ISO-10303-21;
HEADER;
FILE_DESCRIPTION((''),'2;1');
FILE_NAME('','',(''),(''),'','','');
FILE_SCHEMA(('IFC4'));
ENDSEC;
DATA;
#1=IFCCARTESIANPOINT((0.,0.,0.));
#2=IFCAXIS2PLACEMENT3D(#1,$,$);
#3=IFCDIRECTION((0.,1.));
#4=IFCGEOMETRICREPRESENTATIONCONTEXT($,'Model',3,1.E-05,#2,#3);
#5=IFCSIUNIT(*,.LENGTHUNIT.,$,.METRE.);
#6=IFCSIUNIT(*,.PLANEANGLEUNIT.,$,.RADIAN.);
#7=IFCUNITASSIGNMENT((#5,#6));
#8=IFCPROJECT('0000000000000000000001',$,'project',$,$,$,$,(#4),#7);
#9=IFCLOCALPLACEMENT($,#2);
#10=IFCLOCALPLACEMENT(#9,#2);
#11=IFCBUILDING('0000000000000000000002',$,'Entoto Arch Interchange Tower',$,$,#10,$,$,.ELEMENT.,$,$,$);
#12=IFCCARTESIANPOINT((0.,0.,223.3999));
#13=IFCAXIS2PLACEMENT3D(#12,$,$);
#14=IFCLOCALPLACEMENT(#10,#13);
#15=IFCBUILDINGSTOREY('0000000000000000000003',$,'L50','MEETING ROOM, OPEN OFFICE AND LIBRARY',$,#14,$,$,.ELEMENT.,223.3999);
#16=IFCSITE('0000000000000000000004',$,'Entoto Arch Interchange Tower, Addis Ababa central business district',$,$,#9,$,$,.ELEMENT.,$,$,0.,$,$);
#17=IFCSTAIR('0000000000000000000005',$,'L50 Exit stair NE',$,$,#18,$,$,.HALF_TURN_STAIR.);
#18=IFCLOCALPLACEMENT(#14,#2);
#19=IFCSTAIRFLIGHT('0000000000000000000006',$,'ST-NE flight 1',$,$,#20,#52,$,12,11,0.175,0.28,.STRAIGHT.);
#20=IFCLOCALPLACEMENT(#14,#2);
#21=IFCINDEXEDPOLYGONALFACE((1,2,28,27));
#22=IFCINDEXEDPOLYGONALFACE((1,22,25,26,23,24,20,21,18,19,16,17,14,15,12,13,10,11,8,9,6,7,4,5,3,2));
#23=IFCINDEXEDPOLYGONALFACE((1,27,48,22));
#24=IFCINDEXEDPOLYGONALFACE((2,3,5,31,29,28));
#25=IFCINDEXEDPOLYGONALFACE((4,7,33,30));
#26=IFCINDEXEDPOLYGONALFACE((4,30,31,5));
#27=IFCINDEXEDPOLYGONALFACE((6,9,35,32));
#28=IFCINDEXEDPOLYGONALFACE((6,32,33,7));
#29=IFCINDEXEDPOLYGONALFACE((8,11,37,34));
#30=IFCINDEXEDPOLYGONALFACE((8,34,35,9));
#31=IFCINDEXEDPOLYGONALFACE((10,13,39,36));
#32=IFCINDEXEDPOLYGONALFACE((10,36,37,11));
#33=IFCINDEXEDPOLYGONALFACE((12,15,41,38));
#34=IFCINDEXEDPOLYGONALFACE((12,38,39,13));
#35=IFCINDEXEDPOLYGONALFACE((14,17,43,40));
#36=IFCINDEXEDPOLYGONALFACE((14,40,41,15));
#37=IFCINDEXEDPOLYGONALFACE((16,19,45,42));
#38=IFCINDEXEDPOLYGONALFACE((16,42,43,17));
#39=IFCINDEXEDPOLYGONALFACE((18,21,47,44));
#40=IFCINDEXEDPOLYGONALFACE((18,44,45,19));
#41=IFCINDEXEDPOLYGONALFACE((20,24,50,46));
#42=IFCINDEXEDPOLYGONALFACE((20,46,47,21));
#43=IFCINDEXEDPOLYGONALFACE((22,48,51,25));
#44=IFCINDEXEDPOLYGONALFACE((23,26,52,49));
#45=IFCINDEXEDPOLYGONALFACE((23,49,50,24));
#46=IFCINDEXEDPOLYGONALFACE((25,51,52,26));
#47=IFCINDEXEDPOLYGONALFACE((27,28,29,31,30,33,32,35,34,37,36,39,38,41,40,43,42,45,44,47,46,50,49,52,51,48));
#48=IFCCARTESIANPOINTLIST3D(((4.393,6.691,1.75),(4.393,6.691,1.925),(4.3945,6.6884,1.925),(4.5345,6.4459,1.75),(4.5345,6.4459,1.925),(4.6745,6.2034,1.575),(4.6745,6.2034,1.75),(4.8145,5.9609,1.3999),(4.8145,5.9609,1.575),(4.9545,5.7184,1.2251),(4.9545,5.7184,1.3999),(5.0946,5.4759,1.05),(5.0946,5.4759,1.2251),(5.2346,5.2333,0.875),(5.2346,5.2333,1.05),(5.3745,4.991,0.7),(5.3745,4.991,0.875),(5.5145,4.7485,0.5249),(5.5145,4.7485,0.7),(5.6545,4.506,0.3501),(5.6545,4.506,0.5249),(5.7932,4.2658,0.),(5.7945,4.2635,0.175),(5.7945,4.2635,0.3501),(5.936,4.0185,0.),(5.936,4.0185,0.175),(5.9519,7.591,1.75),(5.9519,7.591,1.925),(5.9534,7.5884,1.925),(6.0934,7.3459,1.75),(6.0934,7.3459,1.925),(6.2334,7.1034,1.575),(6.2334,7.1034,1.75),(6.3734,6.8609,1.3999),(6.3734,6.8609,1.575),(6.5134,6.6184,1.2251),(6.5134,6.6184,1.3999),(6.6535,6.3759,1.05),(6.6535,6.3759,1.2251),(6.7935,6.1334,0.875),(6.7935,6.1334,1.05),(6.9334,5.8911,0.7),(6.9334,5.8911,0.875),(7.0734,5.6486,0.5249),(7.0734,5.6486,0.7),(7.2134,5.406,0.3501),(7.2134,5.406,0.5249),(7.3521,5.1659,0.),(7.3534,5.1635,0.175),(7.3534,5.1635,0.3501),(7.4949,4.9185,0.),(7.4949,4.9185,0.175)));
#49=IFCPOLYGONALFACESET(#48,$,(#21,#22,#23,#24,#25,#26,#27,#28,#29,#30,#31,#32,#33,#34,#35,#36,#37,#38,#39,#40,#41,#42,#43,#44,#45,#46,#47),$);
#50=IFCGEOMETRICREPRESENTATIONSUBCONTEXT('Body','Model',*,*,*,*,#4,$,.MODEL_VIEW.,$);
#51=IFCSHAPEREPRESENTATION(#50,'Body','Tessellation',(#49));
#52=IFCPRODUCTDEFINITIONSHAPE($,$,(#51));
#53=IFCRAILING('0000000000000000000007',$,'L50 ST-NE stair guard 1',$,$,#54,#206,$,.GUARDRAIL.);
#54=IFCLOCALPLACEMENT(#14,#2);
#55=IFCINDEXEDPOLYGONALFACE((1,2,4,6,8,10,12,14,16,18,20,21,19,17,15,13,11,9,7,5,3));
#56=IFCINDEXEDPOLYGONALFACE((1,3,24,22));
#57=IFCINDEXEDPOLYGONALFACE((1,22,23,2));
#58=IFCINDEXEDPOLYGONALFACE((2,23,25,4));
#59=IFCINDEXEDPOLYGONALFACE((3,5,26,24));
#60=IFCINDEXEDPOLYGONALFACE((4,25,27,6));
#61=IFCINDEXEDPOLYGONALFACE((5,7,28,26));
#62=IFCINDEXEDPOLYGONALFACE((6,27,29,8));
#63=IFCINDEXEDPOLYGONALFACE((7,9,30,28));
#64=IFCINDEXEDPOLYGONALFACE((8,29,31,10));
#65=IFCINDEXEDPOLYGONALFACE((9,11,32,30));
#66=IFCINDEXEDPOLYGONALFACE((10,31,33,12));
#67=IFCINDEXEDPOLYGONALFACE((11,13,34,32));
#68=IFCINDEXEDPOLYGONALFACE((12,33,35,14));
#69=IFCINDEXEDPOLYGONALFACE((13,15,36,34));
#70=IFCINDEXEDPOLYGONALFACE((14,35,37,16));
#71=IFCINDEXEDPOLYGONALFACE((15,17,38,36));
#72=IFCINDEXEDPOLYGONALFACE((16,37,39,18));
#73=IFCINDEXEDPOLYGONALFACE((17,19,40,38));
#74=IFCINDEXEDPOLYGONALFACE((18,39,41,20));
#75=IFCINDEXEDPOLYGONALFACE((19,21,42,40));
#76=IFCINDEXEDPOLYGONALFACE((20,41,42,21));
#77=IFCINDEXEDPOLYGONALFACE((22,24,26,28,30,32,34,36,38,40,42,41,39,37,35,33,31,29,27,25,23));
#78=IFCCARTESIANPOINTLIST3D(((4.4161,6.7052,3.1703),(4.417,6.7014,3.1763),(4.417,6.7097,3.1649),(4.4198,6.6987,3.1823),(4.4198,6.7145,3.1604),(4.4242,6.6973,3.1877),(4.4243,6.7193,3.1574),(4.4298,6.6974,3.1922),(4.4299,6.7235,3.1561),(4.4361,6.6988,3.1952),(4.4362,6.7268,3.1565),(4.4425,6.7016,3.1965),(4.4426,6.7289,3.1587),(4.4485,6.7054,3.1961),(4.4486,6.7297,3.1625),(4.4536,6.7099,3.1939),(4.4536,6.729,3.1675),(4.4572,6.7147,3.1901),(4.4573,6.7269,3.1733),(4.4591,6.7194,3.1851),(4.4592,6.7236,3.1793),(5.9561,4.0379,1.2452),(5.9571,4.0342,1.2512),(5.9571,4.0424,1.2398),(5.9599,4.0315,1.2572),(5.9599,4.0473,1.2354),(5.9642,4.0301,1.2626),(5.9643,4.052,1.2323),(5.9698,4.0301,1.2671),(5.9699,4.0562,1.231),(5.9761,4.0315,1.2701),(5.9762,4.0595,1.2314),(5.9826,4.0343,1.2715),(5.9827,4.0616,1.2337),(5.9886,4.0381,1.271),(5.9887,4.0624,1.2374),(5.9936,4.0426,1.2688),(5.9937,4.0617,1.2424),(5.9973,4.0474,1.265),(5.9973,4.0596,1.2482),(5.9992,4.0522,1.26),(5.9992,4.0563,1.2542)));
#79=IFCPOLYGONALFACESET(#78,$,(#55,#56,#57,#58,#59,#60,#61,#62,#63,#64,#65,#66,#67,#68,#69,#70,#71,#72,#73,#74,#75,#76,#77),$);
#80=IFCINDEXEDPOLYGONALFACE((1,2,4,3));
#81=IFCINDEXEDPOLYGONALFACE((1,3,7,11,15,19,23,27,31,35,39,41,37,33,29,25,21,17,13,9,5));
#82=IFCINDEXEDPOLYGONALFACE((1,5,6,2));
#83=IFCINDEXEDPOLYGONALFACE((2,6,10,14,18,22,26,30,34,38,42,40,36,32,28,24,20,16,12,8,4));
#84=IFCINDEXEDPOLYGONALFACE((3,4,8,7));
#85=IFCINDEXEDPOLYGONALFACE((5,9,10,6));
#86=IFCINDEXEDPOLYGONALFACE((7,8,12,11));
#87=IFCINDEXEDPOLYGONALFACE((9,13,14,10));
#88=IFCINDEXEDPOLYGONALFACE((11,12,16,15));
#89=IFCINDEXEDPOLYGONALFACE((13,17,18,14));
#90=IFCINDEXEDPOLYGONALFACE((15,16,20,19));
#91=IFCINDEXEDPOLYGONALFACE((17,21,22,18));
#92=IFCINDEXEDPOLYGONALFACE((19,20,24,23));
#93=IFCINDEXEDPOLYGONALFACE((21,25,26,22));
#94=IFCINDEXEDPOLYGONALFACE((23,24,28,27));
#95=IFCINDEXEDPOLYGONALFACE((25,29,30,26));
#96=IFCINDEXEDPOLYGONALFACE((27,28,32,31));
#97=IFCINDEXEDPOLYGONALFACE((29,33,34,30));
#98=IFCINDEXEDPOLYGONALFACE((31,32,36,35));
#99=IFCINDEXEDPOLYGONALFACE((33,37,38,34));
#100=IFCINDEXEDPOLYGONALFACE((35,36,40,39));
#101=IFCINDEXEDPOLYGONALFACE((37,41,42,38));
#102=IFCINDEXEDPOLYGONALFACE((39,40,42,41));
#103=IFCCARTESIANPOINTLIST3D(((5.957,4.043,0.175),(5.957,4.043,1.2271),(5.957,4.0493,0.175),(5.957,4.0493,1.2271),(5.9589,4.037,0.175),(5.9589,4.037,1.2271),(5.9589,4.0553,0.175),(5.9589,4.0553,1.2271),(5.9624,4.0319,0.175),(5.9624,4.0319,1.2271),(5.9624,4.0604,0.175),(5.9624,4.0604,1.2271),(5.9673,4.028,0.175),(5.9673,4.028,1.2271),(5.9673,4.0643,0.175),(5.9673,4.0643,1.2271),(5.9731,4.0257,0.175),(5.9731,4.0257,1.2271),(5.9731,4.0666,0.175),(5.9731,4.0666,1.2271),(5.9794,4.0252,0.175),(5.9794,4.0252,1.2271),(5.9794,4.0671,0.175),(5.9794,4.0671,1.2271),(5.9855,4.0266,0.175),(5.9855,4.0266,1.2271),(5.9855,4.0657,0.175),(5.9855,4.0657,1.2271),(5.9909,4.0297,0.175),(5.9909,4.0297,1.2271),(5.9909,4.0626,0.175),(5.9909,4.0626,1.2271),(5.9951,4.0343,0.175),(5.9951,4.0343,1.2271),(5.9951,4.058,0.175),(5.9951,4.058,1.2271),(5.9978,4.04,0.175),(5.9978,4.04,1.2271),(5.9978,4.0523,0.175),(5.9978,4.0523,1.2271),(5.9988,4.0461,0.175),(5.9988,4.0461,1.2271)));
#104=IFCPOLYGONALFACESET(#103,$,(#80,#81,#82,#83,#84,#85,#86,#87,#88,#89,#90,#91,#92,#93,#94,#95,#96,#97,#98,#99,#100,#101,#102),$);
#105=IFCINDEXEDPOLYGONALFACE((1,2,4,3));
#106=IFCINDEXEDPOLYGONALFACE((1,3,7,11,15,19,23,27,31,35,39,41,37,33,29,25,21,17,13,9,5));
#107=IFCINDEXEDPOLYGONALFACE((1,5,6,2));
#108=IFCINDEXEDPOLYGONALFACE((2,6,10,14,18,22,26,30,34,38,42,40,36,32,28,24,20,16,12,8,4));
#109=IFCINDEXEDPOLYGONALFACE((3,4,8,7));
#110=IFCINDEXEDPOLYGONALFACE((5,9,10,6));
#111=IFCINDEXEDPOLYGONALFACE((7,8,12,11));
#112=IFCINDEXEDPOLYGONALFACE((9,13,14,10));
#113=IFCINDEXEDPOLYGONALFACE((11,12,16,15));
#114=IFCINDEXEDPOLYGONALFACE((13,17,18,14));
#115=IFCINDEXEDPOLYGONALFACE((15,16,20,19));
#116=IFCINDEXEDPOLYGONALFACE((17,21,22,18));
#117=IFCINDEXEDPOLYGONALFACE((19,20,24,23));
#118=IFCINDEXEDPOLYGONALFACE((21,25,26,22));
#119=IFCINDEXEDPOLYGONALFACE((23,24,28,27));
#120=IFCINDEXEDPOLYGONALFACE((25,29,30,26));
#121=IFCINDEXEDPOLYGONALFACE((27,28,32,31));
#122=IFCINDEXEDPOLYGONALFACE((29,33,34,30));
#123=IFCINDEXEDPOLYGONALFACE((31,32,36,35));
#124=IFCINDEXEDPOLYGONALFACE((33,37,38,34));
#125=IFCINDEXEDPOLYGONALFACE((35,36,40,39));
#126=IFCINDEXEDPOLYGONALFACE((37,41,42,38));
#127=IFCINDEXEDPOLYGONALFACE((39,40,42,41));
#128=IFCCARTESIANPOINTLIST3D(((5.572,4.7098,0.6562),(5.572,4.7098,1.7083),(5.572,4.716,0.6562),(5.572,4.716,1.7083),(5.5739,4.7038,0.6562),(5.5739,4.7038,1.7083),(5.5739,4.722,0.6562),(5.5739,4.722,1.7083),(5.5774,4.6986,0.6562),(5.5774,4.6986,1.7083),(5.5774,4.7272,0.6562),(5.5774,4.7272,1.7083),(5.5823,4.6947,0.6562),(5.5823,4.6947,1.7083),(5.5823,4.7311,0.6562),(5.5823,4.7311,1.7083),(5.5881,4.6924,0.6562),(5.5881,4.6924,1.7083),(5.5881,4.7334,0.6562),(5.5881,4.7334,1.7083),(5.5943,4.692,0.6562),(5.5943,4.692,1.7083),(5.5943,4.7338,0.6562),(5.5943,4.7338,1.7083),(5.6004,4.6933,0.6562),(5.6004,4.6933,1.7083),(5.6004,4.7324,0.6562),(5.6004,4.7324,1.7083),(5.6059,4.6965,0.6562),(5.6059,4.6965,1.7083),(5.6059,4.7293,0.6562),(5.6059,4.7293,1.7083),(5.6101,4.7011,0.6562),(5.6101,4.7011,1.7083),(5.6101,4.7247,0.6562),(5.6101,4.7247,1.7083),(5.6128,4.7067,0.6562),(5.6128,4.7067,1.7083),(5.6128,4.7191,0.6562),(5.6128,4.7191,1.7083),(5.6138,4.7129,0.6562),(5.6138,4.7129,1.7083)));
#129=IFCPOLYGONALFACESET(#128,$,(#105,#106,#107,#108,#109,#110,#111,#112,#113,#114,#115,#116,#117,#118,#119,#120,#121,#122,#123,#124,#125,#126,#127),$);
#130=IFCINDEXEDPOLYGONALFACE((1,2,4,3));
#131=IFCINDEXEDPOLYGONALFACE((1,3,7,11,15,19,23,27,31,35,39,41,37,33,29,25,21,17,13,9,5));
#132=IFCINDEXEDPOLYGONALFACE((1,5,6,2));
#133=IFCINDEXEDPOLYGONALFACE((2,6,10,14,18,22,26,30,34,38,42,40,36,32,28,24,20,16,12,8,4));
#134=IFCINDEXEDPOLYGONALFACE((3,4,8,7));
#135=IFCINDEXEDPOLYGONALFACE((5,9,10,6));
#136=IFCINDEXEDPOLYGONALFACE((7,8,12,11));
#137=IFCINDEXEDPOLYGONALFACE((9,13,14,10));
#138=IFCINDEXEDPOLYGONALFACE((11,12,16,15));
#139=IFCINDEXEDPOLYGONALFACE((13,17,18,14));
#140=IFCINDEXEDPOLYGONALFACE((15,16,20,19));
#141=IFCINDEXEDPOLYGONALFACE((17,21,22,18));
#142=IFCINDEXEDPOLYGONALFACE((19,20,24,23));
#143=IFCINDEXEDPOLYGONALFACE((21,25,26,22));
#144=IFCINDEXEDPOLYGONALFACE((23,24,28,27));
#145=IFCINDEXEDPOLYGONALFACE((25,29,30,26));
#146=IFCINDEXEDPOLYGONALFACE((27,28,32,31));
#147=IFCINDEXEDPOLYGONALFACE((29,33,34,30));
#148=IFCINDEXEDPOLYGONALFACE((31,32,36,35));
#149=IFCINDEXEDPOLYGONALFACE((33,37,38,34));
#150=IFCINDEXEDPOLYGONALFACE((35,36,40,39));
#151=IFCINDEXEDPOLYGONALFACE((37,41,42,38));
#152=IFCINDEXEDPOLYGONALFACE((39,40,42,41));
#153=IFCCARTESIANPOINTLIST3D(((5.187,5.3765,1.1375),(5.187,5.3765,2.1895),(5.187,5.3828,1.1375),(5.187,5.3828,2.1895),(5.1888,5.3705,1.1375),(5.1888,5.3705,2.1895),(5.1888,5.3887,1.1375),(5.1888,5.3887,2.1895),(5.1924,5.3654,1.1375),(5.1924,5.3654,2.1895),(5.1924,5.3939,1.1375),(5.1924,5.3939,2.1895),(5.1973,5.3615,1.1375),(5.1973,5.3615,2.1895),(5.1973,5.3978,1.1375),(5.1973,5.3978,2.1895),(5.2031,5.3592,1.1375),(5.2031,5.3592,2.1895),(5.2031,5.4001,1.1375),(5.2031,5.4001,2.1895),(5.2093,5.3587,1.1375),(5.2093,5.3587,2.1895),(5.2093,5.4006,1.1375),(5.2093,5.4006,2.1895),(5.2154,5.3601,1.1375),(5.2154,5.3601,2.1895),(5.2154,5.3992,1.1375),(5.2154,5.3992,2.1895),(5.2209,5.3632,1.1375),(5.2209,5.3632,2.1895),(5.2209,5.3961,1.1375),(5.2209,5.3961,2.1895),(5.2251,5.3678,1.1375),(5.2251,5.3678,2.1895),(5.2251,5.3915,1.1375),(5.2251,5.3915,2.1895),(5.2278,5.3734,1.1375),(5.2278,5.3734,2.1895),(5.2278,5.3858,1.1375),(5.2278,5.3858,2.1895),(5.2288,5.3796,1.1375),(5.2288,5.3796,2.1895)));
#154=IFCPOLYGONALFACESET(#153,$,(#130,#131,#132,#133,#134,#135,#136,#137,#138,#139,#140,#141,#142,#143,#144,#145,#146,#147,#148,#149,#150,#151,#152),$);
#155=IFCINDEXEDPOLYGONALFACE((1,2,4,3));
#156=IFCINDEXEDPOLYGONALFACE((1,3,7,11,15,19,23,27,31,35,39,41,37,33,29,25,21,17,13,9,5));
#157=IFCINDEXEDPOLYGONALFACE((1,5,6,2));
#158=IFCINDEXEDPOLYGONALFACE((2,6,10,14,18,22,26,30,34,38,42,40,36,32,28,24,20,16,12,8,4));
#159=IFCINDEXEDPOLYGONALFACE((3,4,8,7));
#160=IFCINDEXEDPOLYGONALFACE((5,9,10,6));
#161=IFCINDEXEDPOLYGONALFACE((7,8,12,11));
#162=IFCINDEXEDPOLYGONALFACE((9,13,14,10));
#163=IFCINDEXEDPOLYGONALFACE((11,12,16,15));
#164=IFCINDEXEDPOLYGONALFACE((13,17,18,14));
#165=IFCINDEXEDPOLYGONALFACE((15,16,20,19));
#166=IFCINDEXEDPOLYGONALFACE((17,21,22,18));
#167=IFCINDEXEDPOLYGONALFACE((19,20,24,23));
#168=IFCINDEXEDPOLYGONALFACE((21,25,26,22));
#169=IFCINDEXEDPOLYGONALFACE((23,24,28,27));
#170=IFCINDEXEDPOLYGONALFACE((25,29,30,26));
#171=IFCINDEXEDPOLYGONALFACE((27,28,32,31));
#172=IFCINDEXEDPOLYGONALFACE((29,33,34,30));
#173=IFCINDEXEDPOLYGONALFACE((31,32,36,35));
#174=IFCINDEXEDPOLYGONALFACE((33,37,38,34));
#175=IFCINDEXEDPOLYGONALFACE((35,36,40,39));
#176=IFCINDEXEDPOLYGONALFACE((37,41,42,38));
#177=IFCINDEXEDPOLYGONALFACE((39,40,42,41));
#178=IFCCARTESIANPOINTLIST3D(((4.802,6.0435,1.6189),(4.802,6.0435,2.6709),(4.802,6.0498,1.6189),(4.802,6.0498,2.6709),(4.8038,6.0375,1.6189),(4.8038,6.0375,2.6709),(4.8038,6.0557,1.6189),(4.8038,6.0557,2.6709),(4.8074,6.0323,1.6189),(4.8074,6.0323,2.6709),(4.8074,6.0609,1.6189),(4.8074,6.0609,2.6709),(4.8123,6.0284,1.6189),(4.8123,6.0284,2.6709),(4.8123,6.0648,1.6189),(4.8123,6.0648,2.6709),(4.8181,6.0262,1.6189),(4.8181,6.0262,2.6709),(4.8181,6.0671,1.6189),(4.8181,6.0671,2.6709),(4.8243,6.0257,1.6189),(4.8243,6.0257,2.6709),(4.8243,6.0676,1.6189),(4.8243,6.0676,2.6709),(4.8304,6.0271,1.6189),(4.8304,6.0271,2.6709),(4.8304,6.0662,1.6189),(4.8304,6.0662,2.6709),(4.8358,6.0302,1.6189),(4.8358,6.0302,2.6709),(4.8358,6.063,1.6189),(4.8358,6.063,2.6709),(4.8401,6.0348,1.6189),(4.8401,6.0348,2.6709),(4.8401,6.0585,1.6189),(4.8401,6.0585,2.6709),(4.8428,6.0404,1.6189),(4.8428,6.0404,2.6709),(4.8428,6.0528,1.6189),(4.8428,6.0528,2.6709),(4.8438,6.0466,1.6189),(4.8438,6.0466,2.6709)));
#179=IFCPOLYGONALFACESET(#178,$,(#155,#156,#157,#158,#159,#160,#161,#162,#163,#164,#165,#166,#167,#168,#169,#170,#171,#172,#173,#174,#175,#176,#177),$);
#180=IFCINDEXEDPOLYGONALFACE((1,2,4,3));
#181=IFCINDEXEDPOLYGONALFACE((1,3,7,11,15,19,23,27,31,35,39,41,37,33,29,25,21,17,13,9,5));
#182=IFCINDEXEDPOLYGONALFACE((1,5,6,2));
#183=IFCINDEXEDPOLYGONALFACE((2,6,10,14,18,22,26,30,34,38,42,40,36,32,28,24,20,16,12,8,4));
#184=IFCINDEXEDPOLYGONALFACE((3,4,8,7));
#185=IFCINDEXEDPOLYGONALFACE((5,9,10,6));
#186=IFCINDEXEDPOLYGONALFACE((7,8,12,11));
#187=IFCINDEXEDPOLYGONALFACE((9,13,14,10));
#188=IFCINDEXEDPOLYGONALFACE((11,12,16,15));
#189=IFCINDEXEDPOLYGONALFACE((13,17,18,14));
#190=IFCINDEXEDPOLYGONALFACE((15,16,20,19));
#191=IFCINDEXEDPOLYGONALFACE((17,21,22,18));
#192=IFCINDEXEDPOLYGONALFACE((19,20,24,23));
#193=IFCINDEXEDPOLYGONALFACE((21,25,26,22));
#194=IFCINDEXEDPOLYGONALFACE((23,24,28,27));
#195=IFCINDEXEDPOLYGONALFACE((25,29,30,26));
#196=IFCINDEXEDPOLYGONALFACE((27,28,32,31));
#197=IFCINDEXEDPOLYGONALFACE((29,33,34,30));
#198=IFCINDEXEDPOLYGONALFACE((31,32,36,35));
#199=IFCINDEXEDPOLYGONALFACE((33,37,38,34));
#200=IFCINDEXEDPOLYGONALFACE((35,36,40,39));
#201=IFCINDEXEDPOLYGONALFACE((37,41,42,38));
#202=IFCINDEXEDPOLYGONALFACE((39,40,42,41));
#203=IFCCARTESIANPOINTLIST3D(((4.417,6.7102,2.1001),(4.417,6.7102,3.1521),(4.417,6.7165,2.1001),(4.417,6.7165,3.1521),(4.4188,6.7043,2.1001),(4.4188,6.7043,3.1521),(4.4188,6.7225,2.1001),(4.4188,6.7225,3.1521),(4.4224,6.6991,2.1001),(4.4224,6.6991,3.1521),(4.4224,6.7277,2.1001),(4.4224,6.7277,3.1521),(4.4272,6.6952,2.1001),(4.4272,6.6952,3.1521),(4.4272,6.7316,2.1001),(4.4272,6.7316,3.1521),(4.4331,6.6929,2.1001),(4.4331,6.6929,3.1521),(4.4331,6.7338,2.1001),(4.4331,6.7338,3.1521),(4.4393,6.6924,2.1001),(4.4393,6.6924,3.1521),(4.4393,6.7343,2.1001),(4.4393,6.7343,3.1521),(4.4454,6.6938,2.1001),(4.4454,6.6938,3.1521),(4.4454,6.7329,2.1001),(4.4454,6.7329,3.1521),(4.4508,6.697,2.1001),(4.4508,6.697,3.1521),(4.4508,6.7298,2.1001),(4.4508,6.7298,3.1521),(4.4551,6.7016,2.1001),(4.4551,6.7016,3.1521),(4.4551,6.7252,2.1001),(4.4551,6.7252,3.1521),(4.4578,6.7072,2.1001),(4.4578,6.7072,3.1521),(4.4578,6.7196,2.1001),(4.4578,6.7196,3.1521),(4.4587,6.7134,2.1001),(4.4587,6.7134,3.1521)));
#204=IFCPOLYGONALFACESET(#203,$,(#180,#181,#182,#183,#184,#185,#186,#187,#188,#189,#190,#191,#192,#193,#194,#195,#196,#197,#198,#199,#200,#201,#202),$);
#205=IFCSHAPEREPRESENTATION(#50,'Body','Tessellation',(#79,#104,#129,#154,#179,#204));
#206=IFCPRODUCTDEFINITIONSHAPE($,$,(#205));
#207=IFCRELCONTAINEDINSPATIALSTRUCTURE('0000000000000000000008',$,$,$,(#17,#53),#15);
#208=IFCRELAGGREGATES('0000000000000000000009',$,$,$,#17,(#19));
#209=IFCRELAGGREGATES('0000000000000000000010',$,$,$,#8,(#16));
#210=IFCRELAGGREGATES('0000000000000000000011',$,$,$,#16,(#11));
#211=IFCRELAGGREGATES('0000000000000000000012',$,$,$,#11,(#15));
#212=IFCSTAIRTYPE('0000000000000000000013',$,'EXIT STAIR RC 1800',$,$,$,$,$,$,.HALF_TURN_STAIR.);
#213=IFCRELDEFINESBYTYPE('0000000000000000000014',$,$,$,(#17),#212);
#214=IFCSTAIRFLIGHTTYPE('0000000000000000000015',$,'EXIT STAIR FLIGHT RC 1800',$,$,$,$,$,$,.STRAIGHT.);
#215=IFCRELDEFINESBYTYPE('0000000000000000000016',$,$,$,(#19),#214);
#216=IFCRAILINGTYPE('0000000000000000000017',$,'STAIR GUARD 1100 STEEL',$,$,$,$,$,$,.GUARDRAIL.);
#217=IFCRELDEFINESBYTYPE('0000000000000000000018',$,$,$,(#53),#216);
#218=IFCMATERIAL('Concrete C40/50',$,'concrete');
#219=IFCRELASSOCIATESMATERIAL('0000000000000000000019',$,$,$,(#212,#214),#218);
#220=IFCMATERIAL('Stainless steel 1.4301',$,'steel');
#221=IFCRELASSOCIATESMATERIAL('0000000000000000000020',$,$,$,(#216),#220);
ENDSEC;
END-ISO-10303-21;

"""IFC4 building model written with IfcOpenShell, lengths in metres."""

from ifc_helpers import new_model, si_unit, direction, frame, origin, origin_2d, place, context, subcontext, project, spatial, polyline, circle, outline, extrude, material, type_object, element, aggregate, save


model = new_model("IFC4")

# Units and contexts
model_context = context("Model", 3, precision=1e-05, world=origin(), true_north=direction((0.0, 1.0)))
body_context = subcontext(model_context, "Body", "Model", "MODEL_VIEW")
ifc_project = project(units=[si_unit("LENGTHUNIT", "METRE"), si_unit("PLANEANGLEUNIT", "RADIAN")], contexts=[model_context])

# Site, building, storey
site_placement = place(None, origin())
site = spatial("IfcSite", under=ifc_project, at=site_placement, Name="Entoto Arch Interchange Tower, Addis Ababa central business district", CompositionType="ELEMENT", RefElevation=0.0)
building_placement = place(site_placement, origin())
building = spatial("IfcBuilding", under=site, at=building_placement, Name="Entoto Arch Interchange Tower", CompositionType="ELEMENT")
storey_placement = place(building_placement, frame((0.0, 0.0, 223.3999)))
storey = spatial("IfcBuildingStorey", under=building, at=storey_placement, Name="L50", Description="MEETING ROOM, OPEN OFFICE AND LIBRARY", CompositionType="ELEMENT", Elevation=223.3999)

# Shared definitions
ifc_material_1 = material(Name="Concrete C40/50", Category="concrete")

# Stair, stair flight
stair_type = type_object("IfcStairType", Name="EXIT STAIR RC 1800", PredefinedType="HALF_TURN_STAIR", material=ifc_material_1)
stair_placement = place(storey_placement, origin())
stair = element("IfcStair", 1, at=stair_placement, inside=storey, type_object=stair_type, Name="L50 Exit stair NE", PredefinedType="HALF_TURN_STAIR")
stair_flight_type = type_object("IfcStairFlightType", Name="EXIT STAIR FLIGHT RC 1800", PredefinedType="STRAIGHT", material=ifc_material_1)
stair_flight_placement = place(storey_placement, frame((6.7139, 4.4709, 0.0), z_axis=(0.0, 0.0, 1.0), x_axis=(-0.5, 0.866025, 0.0)))
stair_flight = element("IfcStairFlight", 2, at=stair_flight_placement, type_object=stair_flight_type, Name="ST-NE flight 1", NumberOfRisers=12, NumberOfTreads=11, PredefinedType="STRAIGHT", RiserHeight=0.175, TreadLength=0.28, context=body_context, shape_type="SweptSolid", body=[
    extrude(outline(polyline([(-0.0029, 0.0), (-0.0029, 0.175), (0.28, 0.175), (0.28, 0.3501), (0.5601, 0.3501), (0.5601, 0.5249), (0.8401, 0.5249), (0.8401, 0.7), (1.1201, 0.7), (1.1201, 0.875), (1.3999, 0.875), (1.3999, 1.05), (1.6799, 1.05), (1.6799, 1.2251), (1.96, 1.2251), (1.96, 1.3999), (2.24, 1.3999), (2.24, 1.575), (2.52, 1.575), (2.52, 1.75), (2.8, 1.75), (2.8, 1.925), (3.0801, 1.925), (3.083, 1.925), (3.083, 1.75), (0.2827, 0.0), (-0.0029, 0.0)])), frame((0.0, 0.8999, 0.0), z_axis=(0.0, -1.0, 0.0), x_axis=(1.0, 0.0, 0.0)), (0.0, 0.0, 1.0), 1.8),
])
aggregate(stair, [stair_flight])

# Railing
ifc_material_2 = material(Name="Stainless steel 1.4301", Category="steel")
railing_type_1 = type_object("IfcRailingType", Name="STAIR GUARD 1100 STEEL", PredefinedType="GUARDRAIL", material=ifc_material_2)
railing_1_placement = place(storey_placement, frame((5.9778, 4.0461, 0.175)))
element("IfcRailing", 3, at=railing_1_placement, inside=storey, type_object=railing_type_1, Name="L50 ST-NE stair guard 1", PredefinedType="GUARDRAIL", context=body_context, shape_type="SweptSolid", body=[
    extrude(circle(Radius=0.0239, at=origin_2d()), frame((0.0, 0.0, 1.0762), z_axis=(-0.424015, 0.734364, 0.530019), x_axis=(-0.86601, -0.500027, 0.0)), (0.0, 0.0, 1.0), 3.6321),
    extrude(circle(Radius=0.021, at=origin_2d()), origin(), (0.0, 0.0, 1.0), 1.052),
    extrude(circle(Radius=0.021, at=origin_2d()), frame((-0.385, 0.6667, 0.4812)), (0.0, 0.0, 1.0), 1.052),
    extrude(circle(Radius=0.021, at=origin_2d()), frame((-0.77, 1.3335, 0.9624)), (0.0, 0.0, 1.0), 1.052),
    extrude(circle(Radius=0.021, at=origin_2d()), frame((-1.155, 2.0005, 1.4438)), (0.0, 0.0, 1.0), 1.052),
    extrude(circle(Radius=0.021, at=origin_2d()), frame((-1.54, 2.6672, 1.925)), (0.0, 0.0, 1.0), 1.052),
])

save(model, "model.ifc")
